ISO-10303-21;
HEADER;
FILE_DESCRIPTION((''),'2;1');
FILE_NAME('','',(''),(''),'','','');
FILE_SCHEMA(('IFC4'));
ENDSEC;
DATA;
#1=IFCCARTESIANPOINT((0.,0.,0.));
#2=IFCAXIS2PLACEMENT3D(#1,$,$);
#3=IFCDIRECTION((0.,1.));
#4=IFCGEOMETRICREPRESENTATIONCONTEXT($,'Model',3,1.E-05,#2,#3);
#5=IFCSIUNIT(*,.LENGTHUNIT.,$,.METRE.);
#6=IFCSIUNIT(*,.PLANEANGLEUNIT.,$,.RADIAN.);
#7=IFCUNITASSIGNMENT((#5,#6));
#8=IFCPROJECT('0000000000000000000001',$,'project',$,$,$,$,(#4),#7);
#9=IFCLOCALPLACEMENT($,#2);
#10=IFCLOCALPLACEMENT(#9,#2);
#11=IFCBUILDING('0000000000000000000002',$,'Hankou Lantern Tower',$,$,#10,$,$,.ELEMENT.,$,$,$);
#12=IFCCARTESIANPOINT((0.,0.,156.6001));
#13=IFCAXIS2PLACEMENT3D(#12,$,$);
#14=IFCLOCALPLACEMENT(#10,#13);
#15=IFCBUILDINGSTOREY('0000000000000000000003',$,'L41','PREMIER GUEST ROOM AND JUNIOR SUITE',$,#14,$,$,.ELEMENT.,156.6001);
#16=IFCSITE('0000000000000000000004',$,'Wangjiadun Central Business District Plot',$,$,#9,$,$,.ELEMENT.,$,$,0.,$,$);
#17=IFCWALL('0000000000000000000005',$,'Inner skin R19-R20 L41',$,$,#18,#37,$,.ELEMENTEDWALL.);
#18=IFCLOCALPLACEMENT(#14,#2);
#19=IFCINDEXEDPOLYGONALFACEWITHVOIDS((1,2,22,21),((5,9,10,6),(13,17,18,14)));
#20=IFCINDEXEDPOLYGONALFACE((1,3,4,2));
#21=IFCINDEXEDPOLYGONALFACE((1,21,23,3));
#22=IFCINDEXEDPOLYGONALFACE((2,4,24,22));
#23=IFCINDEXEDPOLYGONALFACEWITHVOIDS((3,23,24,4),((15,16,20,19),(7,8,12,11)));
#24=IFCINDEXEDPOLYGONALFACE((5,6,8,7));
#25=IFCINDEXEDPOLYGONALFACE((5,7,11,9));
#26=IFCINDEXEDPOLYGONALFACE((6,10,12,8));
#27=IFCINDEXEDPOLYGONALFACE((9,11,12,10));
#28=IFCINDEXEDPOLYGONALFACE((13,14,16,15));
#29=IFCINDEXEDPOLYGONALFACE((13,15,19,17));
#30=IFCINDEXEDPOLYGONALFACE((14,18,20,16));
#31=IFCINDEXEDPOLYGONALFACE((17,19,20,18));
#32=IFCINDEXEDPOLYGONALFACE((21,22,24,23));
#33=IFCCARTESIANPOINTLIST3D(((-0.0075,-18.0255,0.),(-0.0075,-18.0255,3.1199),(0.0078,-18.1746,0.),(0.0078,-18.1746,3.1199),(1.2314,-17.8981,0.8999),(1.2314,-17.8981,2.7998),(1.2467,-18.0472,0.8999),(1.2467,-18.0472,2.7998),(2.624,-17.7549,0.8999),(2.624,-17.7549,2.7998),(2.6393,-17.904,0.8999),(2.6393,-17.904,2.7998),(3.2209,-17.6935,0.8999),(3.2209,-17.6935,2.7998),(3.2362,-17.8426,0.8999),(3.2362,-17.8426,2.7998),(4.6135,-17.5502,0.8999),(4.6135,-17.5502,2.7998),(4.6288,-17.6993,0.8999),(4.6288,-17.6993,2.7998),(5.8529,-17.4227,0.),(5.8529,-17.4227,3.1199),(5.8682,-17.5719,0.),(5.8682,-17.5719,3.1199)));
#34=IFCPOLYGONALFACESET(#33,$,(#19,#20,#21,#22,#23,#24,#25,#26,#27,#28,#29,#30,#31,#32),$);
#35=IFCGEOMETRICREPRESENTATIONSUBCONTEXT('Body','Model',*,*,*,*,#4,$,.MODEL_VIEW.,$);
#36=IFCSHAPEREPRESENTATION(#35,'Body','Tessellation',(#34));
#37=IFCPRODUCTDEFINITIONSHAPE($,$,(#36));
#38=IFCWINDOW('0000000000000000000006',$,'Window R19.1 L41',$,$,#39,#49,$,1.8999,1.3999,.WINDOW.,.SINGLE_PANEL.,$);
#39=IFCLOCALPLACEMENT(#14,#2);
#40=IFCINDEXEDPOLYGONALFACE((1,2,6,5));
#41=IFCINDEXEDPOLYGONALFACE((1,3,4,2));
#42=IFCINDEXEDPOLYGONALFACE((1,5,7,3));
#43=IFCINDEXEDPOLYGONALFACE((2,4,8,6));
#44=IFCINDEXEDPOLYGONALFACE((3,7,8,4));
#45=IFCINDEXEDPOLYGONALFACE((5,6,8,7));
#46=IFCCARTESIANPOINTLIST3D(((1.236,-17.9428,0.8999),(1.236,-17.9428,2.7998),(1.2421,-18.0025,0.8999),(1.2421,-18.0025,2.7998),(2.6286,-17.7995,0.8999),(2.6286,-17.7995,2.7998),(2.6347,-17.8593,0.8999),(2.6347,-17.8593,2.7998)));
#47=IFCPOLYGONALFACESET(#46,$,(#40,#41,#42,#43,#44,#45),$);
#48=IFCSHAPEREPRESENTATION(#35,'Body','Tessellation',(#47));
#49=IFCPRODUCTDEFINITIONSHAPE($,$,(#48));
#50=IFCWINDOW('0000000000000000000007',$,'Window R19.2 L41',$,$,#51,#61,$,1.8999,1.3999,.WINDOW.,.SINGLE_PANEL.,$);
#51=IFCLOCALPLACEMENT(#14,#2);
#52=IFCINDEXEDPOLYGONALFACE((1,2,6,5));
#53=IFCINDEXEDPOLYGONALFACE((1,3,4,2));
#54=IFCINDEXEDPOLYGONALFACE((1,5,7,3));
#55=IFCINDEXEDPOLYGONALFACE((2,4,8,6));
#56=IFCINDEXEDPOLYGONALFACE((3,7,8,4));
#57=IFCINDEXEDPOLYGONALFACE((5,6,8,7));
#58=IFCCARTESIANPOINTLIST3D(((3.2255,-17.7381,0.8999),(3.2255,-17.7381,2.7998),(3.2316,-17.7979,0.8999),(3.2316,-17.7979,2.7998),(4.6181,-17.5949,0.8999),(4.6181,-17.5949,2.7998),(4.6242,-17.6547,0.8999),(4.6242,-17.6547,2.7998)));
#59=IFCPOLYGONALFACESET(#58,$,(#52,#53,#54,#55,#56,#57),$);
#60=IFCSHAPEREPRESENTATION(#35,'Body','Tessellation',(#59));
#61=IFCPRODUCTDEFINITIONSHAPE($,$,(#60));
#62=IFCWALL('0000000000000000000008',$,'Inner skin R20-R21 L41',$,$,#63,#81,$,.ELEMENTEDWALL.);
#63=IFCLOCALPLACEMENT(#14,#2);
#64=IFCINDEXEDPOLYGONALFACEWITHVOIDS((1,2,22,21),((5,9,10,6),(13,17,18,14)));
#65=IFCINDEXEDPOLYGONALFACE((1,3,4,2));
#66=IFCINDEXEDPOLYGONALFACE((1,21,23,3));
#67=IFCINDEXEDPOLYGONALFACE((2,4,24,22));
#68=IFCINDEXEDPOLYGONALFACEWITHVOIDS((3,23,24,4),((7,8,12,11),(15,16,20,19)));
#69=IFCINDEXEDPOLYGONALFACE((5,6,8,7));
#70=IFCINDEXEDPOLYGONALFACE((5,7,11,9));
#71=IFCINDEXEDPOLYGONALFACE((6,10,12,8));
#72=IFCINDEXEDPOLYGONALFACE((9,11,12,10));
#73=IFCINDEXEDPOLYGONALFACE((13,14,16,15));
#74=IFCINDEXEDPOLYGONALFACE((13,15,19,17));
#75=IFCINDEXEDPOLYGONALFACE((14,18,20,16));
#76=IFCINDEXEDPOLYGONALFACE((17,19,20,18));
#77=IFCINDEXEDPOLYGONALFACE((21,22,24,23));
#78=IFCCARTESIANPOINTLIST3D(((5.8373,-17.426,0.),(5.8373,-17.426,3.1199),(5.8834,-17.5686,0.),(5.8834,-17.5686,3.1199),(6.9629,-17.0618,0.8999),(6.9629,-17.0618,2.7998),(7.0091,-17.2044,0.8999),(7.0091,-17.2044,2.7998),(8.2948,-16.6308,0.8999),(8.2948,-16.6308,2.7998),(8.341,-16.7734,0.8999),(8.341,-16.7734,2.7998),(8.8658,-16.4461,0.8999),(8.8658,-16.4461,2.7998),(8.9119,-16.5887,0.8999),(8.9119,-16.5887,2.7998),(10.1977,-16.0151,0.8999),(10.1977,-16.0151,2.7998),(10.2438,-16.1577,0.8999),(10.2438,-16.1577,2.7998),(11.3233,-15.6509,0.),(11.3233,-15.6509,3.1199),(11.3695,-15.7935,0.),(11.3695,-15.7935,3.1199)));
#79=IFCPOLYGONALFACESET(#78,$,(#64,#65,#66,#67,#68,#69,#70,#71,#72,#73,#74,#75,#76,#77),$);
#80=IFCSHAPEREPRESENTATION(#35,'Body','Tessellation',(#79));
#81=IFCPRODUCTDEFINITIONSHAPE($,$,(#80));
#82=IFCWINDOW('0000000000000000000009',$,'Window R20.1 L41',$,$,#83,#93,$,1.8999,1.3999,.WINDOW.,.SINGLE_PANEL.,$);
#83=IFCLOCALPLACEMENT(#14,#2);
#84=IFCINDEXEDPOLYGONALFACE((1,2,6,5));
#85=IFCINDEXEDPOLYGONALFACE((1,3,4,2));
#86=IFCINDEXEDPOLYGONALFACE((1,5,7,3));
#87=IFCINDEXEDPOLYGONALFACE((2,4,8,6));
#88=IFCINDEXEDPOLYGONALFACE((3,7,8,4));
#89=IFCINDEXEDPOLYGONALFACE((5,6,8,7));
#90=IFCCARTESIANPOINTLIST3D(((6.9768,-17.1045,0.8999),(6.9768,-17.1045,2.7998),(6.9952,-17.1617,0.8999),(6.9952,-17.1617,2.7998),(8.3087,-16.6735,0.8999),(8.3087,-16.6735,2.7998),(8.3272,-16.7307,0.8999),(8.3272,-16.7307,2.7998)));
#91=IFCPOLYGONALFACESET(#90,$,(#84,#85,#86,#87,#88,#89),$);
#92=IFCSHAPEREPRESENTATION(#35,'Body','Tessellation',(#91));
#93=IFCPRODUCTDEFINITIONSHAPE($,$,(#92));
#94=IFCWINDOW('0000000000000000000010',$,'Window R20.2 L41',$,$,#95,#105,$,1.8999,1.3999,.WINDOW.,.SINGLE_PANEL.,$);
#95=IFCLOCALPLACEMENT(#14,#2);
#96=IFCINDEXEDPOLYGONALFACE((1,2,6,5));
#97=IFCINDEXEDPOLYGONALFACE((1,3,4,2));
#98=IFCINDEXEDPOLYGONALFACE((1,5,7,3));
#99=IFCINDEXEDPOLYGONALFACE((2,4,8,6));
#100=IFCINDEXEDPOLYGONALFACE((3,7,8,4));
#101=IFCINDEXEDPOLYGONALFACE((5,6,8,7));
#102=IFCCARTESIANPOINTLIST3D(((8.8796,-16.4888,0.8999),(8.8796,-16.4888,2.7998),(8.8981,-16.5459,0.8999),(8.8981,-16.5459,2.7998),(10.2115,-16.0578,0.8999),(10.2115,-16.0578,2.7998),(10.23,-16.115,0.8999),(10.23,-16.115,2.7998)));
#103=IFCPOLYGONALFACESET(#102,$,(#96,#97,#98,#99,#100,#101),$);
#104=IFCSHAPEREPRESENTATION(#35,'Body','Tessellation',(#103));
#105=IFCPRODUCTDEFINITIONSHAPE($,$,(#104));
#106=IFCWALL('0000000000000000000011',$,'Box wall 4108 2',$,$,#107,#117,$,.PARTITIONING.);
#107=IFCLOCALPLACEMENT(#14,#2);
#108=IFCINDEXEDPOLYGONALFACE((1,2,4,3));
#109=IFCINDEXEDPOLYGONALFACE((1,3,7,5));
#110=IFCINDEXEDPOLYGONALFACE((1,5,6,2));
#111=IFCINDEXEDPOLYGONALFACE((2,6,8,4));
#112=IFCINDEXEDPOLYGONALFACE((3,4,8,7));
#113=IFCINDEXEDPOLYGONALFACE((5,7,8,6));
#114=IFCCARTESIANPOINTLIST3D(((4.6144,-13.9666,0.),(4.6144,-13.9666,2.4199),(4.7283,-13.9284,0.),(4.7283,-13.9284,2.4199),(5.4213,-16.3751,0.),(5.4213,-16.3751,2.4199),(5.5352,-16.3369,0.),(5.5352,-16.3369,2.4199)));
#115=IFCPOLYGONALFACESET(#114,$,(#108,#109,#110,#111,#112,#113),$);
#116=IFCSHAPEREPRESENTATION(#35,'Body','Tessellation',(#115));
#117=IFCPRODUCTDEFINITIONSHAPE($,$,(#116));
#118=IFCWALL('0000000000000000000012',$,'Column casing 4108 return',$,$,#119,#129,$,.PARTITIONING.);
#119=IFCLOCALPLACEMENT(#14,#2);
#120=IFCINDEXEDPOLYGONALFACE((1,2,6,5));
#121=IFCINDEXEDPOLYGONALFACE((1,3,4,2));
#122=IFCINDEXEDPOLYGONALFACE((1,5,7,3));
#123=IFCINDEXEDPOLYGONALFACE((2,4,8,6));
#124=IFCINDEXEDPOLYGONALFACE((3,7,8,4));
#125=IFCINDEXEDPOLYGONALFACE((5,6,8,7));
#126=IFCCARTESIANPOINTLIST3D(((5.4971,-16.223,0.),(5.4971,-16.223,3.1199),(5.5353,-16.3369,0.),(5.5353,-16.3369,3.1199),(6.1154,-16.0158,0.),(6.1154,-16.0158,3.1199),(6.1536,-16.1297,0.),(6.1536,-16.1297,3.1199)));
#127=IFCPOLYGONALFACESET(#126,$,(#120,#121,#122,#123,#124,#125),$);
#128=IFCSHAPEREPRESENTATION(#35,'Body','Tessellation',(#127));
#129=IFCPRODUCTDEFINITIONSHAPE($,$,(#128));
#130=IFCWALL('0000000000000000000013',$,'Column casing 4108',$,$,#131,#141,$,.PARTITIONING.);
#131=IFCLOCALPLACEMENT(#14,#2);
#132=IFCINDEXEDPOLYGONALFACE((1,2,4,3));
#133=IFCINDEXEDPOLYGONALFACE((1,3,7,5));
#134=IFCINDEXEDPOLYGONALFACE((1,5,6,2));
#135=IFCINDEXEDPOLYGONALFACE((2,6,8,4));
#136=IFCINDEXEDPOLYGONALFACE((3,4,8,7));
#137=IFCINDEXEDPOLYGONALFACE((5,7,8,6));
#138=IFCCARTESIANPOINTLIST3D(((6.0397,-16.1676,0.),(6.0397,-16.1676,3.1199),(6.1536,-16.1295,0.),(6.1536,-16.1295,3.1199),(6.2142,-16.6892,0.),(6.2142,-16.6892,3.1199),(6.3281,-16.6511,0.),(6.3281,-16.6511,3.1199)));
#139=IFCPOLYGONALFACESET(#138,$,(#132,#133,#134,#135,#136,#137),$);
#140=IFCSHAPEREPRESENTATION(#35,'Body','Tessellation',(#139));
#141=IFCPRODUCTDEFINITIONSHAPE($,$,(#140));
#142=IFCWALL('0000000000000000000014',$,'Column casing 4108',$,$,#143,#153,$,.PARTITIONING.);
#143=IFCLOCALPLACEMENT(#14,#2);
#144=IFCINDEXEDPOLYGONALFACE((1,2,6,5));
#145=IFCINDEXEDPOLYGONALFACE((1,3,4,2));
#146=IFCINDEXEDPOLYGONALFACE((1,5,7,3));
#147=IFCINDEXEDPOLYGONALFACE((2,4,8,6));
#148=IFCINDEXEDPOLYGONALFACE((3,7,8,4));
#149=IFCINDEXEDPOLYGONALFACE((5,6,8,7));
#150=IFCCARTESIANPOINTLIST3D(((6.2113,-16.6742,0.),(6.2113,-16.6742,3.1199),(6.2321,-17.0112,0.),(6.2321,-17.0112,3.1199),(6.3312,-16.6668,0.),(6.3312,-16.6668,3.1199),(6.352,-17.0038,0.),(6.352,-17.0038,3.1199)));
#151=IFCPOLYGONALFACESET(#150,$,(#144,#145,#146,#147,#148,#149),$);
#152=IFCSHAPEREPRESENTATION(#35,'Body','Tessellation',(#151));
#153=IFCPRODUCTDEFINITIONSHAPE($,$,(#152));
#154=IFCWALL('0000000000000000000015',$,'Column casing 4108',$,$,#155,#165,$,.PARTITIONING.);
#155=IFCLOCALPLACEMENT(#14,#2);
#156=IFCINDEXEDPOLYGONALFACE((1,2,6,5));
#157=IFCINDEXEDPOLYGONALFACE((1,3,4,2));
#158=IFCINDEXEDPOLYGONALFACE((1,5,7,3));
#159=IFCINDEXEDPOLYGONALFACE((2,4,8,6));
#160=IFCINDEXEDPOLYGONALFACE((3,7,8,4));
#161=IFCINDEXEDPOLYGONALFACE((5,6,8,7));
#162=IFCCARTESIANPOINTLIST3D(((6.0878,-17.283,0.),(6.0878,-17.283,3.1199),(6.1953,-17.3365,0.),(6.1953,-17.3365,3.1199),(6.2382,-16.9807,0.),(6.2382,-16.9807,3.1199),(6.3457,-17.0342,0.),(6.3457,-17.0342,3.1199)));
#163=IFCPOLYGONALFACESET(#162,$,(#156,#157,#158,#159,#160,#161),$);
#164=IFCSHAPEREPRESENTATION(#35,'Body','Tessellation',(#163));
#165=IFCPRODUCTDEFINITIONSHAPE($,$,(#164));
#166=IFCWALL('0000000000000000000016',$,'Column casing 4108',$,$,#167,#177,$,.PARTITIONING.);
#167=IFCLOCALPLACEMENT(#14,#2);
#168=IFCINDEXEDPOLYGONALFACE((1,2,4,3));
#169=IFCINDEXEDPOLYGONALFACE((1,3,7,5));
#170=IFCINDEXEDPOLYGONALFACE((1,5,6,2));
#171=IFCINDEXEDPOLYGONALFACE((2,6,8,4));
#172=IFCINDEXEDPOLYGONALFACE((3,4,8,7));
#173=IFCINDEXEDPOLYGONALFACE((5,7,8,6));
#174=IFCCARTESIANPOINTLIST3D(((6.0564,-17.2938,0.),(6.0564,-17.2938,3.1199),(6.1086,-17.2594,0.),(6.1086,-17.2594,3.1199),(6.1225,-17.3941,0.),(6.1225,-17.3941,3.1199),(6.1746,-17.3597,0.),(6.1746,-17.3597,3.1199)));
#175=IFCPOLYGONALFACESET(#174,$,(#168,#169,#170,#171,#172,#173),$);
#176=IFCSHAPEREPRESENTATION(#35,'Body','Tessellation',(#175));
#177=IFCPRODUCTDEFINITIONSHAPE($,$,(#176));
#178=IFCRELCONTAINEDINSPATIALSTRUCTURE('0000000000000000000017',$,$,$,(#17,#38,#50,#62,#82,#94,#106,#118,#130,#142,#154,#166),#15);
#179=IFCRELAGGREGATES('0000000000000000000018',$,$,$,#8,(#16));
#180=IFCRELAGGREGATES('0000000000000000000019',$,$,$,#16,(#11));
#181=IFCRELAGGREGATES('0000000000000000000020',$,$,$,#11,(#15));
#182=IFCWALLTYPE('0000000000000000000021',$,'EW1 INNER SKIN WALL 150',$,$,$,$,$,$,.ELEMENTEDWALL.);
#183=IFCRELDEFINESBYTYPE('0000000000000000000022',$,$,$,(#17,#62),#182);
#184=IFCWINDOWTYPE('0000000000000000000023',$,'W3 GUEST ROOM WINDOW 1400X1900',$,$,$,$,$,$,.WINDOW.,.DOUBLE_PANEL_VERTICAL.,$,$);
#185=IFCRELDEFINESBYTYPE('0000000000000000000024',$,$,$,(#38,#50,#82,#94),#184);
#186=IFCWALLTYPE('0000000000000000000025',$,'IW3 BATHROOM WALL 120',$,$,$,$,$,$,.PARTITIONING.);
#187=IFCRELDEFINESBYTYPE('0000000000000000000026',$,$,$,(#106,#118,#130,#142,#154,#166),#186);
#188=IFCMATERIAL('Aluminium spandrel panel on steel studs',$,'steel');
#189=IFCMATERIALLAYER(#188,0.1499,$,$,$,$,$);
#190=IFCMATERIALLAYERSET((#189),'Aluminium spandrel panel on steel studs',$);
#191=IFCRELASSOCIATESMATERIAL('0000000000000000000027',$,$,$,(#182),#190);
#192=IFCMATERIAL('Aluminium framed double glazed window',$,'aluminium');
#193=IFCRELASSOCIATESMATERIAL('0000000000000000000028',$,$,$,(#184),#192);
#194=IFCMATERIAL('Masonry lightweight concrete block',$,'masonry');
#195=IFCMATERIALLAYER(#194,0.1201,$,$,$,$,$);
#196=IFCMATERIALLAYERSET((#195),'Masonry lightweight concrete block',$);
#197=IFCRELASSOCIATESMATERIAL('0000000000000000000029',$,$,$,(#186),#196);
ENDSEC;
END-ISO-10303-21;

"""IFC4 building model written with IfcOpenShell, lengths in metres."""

from ifc_helpers import new_model, si_unit, direction, frame, frame_2d, origin, place, context, subcontext, project, spatial, rectangle, extrude, material, layer, layer_set, type_object, element, fill, save


model = new_model("IFC4")

# Units and contexts
model_context = context("Model", 3, precision=1e-05, world=origin(), true_north=direction((0.0, 1.0)))
body_context = subcontext(model_context, "Body", "Model", "MODEL_VIEW")
ifc_project = project(units=[si_unit("LENGTHUNIT", "METRE"), si_unit("PLANEANGLEUNIT", "RADIAN")], contexts=[model_context])

# Site, building, storey
site_placement = place(None, origin())
site = spatial("IfcSite", under=ifc_project, at=site_placement, Name="Wangjiadun Central Business District Plot", CompositionType="ELEMENT", RefElevation=0.0)
building_placement = place(site_placement, origin())
building = spatial("IfcBuilding", under=site, at=building_placement, Name="Hankou Lantern Tower", CompositionType="ELEMENT")
storey_placement = place(building_placement, frame((0.0, 0.0, 156.6001)))
storey = spatial("IfcBuildingStorey", under=building, at=storey_placement, Name="L41", Description="PREMIER GUEST ROOM AND JUNIOR SUITE", CompositionType="ELEMENT", Elevation=156.6001)

# Walls, openings, windows
ifc_material_1 = material(Name="Aluminium spandrel panel on steel studs", Category="steel")
ifc_layer_1 = layer(ifc_material_1, 0.1499)
ifc_layer_set_1 = layer_set([ifc_layer_1], Name="Aluminium spandrel panel on steel studs")
wall_type_1 = type_object("IfcWallType", Name="EW1 INNER SKIN WALL 150", PredefinedType="ELEMENTEDWALL", material=ifc_layer_set_1)
wall_1_placement = place(storey_placement, frame((0.0, -18.1001, 0.0), z_axis=(0.0, 0.0, 1.0), x_axis=(0.994752, 0.102318, 0.0)))
wall_1 = element("IfcWall", 1, at=wall_1_placement, inside=storey, type_object=wall_type_1, Name="Inner skin R19-R20 L41", PredefinedType="ELEMENTEDWALL", context=body_context, shape_type="SweptSolid", body=[
    extrude(rectangle(XDim=5.8914, YDim=0.1499, at=frame_2d((2.9458, 0.0))), origin(), (0.0, 0.0, 1.0), 3.1199),
])
opening_1_placement = place(wall_1_placement, frame((1.2456, 0.0, 0.8999)))
opening_1 = element("IfcOpeningElement", 2, at=opening_1_placement, cuts=wall_1, PredefinedType="OPENING", context=body_context, shape_type="SweptSolid", body=[
    extrude(rectangle(XDim=1.3999, YDim=1.8999, at=frame_2d((0.7, 0.95))), frame((0.0, 0.085, 0.0), z_axis=(0.0, -1.0, 0.0), x_axis=(1.0, 0.0, 0.0)), (0.0, 0.0, 1.0), 0.1699),
])
opening_2_placement = place(wall_1_placement, frame((3.2456, 0.0, 0.8999)))
opening_2 = element("IfcOpeningElement", 3, at=opening_2_placement, cuts=wall_1, PredefinedType="OPENING", context=body_context, shape_type="SweptSolid", body=[
    extrude(rectangle(XDim=1.3999, YDim=1.8999, at=frame_2d((0.7, 0.95))), frame((0.0, 0.085, 0.0), z_axis=(0.0, -1.0, 0.0), x_axis=(1.0, 0.0, 0.0)), (0.0, 0.0, 1.0), 0.1699),
])
ifc_material_2 = material(Name="Aluminium framed double glazed window", Category="aluminium")
window_type = type_object("IfcWindowType", Name="W3 GUEST ROOM WINDOW 1400X1900", PartitioningType="DOUBLE_PANEL_VERTICAL", PredefinedType="WINDOW", material=ifc_material_2)
window_1_placement = place(opening_1_placement, origin())
window_1 = element("IfcWindow", 4, at=window_1_placement, inside=storey, type_object=window_type, Name="Window R19.1 L41", OverallHeight=1.8999, OverallWidth=1.3999, PartitioningType="SINGLE_PANEL", PredefinedType="WINDOW", context=body_context, shape_type="SweptSolid", body=[
    extrude(rectangle(XDim=1.3999, YDim=1.8999, at=frame_2d((0.7, 0.95))), frame((0.0, 0.03, 0.0), z_axis=(0.0, -1.0, 0.0), x_axis=(1.0, 0.0, 0.0)), (0.0, 0.0, 1.0), 0.0601),
])
fill(opening_1, window_1)
window_2_placement = place(opening_2_placement, origin())
window_2 = element("IfcWindow", 5, at=window_2_placement, inside=storey, type_object=window_type, Name="Window R19.2 L41", OverallHeight=1.8999, OverallWidth=1.3999, PartitioningType="SINGLE_PANEL", PredefinedType="WINDOW", context=body_context, shape_type="SweptSolid", body=[
    extrude(rectangle(XDim=1.3999, YDim=1.8999, at=frame_2d((0.7, 0.95))), frame((0.0, 0.03, 0.0), z_axis=(0.0, -1.0, 0.0), x_axis=(1.0, 0.0, 0.0)), (0.0, 0.0, 1.0), 0.0601),
])
fill(opening_2, window_2)
wall_2_placement = place(storey_placement, frame((5.8604, -17.4973, 0.0), z_axis=(0.0, 0.0, 1.0), x_axis=(0.951432, 0.307857, 0.0)))
wall_2 = element("IfcWall", 6, at=wall_2_placement, inside=storey, type_object=wall_type_1, Name="Inner skin R20-R21 L41", PredefinedType="ELEMENTEDWALL", context=body_context, shape_type="SweptSolid", body=[
    extrude(rectangle(XDim=5.7661, YDim=0.1499, at=frame_2d((2.8831, 0.0))), origin(), (0.0, 0.0, 1.0), 3.1199),
])
opening_3_placement = place(wall_2_placement, frame((1.1831, 0.0, 0.8999)))
opening_3 = element("IfcOpeningElement", 7, at=opening_3_placement, cuts=wall_2, PredefinedType="OPENING", context=body_context, shape_type="SweptSolid", body=[
    extrude(rectangle(XDim=1.3999, YDim=1.8999, at=frame_2d((0.7, 0.95))), frame((0.0, 0.085, 0.0), z_axis=(0.0, -1.0, 0.0), x_axis=(1.0, 0.0, 0.0)), (0.0, 0.0, 1.0), 0.1699),
])
opening_4_placement = place(wall_2_placement, frame((3.1831, 0.0, 0.8999)))
opening_4 = element("IfcOpeningElement", 8, at=opening_4_placement, cuts=wall_2, PredefinedType="OPENING", context=body_context, shape_type="SweptSolid", body=[
    extrude(rectangle(XDim=1.3999, YDim=1.8999, at=frame_2d((0.7, 0.95))), frame((0.0, 0.085, 0.0), z_axis=(0.0, -1.0, 0.0), x_axis=(1.0, 0.0, 0.0)), (0.0, 0.0, 1.0), 0.1699),
])
window_3_placement = place(opening_3_placement, origin())
window_3 = element("IfcWindow", 9, at=window_3_placement, inside=storey, type_object=window_type, Name="Window R20.1 L41", OverallHeight=1.8999, OverallWidth=1.3999, PartitioningType="SINGLE_PANEL", PredefinedType="WINDOW", context=body_context, shape_type="SweptSolid", body=[
    extrude(rectangle(XDim=1.3999, YDim=1.8999, at=frame_2d((0.7, 0.95))), frame((0.0, 0.03, 0.0), z_axis=(0.0, -1.0, 0.0), x_axis=(1.0, 0.0, 0.0)), (0.0, 0.0, 1.0), 0.0601),
])
fill(opening_3, window_3)
window_4_placement = place(opening_4_placement, origin())
window_4 = element("IfcWindow", 10, at=window_4_placement, inside=storey, type_object=window_type, Name="Window R20.2 L41", OverallHeight=1.8999, OverallWidth=1.3999, PartitioningType="SINGLE_PANEL", PredefinedType="WINDOW", context=body_context, shape_type="SweptSolid", body=[
    extrude(rectangle(XDim=1.3999, YDim=1.8999, at=frame_2d((0.7, 0.95))), frame((0.0, 0.03, 0.0), z_axis=(0.0, -1.0, 0.0), x_axis=(1.0, 0.0, 0.0)), (0.0, 0.0, 1.0), 0.0601),
])
fill(opening_4, window_4)

# Walls
ifc_material_3 = material(Name="Masonry lightweight concrete block", Category="masonry")
ifc_layer_2 = layer(ifc_material_3, 0.1201)
ifc_layer_set_2 = layer_set([ifc_layer_2], Name="Masonry lightweight concrete block")
wall_type_2 = type_object("IfcWallType", Name="IW3 BATHROOM WALL 120", PredefinedType="PARTITIONING", material=ifc_layer_set_2)
wall_3_placement = place(storey_placement, frame((4.6714, -13.9475, 0.0), z_axis=(0.0, 0.0, 1.0), x_axis=(0.317669, -0.948202, 0.0)))
element("IfcWall", 11, at=wall_3_placement, inside=storey, type_object=wall_type_2, Name="Box wall 4108 2", PredefinedType="PARTITIONING", context=body_context, shape_type="SweptSolid", body=[
    extrude(rectangle(XDim=2.54, YDim=0.1201, at=frame_2d((1.27, 0.0))), origin(), (0.0, 0.0, 1.0), 2.4199),
])
wall_4_placement = place(storey_placement, frame((5.5161, -16.28, 0.0), z_axis=(0.0, 0.0, 1.0), x_axis=(0.948158, 0.317799, 0.0)))
element("IfcWall", 12, at=wall_4_placement, inside=storey, type_object=wall_type_2, Name="Column casing 4108 return", PredefinedType="PARTITIONING", context=body_context, shape_type="SweptSolid", body=[
    extrude(rectangle(XDim=0.6521, YDim=0.1201, at=frame_2d((0.3262, 0.0))), origin(), (0.0, 0.0, 1.0), 3.1199),
])
wall_5_placement = place(storey_placement, frame((6.0967, -16.1487, 0.0), z_axis=(0.0, 0.0, 1.0), x_axis=(0.317293, -0.948328, 0.0)))
element("IfcWall", 13, at=wall_5_placement, inside=storey, type_object=wall_type_2, Name="Column casing 4108", PredefinedType="PARTITIONING", context=body_context, shape_type="SweptSolid", body=[
    extrude(rectangle(XDim=0.55, YDim=0.1201, at=frame_2d((0.2749, 0.0))), origin(), (0.0, 0.0, 1.0), 3.1199),
])
for number, where, z_axis, x_axis, name in (
    (14, (6.2712, -16.6704, 0.0), (0.0, 0.0, 1.0), (0.061478, -0.998108, 0.0), "Column casing 4108"),
    (15, (6.292, -17.0073, 0.0), (0.0, 0.0, 1.0), (-0.445477, -0.895293, 0.0), "Column casing 4108"),
):
    element("IfcWall", number, at=place(storey_placement, frame(where, z_axis=z_axis, x_axis=x_axis)), inside=storey, type_object=wall_type_2, Name=name, PredefinedType="PARTITIONING", context=body_context, shape_type="SweptSolid", body=[
        extrude(rectangle(XDim=0.3376, YDim=0.1201, at=frame_2d((0.1689, 0.0))), origin(), (0.0, 0.0, 1.0), 3.1199),
    ])
wall_6_placement = place(storey_placement, frame((6.1416, -17.3096, 0.0), z_axis=(0.0, 0.0, 1.0), x_axis=(-0.83504, -0.55019, 0.0)))
element("IfcWall", 16, at=wall_6_placement, inside=storey, type_object=wall_type_2, Name="Column casing 4108", PredefinedType="PARTITIONING", context=body_context, shape_type="SweptSolid", body=[
    extrude(rectangle(XDim=0.0625, YDim=0.1201, at=frame_2d((0.0312, 0.0))), origin(), (0.0, 0.0, 1.0), 3.1199),
])

save(model, "model.ifc")
